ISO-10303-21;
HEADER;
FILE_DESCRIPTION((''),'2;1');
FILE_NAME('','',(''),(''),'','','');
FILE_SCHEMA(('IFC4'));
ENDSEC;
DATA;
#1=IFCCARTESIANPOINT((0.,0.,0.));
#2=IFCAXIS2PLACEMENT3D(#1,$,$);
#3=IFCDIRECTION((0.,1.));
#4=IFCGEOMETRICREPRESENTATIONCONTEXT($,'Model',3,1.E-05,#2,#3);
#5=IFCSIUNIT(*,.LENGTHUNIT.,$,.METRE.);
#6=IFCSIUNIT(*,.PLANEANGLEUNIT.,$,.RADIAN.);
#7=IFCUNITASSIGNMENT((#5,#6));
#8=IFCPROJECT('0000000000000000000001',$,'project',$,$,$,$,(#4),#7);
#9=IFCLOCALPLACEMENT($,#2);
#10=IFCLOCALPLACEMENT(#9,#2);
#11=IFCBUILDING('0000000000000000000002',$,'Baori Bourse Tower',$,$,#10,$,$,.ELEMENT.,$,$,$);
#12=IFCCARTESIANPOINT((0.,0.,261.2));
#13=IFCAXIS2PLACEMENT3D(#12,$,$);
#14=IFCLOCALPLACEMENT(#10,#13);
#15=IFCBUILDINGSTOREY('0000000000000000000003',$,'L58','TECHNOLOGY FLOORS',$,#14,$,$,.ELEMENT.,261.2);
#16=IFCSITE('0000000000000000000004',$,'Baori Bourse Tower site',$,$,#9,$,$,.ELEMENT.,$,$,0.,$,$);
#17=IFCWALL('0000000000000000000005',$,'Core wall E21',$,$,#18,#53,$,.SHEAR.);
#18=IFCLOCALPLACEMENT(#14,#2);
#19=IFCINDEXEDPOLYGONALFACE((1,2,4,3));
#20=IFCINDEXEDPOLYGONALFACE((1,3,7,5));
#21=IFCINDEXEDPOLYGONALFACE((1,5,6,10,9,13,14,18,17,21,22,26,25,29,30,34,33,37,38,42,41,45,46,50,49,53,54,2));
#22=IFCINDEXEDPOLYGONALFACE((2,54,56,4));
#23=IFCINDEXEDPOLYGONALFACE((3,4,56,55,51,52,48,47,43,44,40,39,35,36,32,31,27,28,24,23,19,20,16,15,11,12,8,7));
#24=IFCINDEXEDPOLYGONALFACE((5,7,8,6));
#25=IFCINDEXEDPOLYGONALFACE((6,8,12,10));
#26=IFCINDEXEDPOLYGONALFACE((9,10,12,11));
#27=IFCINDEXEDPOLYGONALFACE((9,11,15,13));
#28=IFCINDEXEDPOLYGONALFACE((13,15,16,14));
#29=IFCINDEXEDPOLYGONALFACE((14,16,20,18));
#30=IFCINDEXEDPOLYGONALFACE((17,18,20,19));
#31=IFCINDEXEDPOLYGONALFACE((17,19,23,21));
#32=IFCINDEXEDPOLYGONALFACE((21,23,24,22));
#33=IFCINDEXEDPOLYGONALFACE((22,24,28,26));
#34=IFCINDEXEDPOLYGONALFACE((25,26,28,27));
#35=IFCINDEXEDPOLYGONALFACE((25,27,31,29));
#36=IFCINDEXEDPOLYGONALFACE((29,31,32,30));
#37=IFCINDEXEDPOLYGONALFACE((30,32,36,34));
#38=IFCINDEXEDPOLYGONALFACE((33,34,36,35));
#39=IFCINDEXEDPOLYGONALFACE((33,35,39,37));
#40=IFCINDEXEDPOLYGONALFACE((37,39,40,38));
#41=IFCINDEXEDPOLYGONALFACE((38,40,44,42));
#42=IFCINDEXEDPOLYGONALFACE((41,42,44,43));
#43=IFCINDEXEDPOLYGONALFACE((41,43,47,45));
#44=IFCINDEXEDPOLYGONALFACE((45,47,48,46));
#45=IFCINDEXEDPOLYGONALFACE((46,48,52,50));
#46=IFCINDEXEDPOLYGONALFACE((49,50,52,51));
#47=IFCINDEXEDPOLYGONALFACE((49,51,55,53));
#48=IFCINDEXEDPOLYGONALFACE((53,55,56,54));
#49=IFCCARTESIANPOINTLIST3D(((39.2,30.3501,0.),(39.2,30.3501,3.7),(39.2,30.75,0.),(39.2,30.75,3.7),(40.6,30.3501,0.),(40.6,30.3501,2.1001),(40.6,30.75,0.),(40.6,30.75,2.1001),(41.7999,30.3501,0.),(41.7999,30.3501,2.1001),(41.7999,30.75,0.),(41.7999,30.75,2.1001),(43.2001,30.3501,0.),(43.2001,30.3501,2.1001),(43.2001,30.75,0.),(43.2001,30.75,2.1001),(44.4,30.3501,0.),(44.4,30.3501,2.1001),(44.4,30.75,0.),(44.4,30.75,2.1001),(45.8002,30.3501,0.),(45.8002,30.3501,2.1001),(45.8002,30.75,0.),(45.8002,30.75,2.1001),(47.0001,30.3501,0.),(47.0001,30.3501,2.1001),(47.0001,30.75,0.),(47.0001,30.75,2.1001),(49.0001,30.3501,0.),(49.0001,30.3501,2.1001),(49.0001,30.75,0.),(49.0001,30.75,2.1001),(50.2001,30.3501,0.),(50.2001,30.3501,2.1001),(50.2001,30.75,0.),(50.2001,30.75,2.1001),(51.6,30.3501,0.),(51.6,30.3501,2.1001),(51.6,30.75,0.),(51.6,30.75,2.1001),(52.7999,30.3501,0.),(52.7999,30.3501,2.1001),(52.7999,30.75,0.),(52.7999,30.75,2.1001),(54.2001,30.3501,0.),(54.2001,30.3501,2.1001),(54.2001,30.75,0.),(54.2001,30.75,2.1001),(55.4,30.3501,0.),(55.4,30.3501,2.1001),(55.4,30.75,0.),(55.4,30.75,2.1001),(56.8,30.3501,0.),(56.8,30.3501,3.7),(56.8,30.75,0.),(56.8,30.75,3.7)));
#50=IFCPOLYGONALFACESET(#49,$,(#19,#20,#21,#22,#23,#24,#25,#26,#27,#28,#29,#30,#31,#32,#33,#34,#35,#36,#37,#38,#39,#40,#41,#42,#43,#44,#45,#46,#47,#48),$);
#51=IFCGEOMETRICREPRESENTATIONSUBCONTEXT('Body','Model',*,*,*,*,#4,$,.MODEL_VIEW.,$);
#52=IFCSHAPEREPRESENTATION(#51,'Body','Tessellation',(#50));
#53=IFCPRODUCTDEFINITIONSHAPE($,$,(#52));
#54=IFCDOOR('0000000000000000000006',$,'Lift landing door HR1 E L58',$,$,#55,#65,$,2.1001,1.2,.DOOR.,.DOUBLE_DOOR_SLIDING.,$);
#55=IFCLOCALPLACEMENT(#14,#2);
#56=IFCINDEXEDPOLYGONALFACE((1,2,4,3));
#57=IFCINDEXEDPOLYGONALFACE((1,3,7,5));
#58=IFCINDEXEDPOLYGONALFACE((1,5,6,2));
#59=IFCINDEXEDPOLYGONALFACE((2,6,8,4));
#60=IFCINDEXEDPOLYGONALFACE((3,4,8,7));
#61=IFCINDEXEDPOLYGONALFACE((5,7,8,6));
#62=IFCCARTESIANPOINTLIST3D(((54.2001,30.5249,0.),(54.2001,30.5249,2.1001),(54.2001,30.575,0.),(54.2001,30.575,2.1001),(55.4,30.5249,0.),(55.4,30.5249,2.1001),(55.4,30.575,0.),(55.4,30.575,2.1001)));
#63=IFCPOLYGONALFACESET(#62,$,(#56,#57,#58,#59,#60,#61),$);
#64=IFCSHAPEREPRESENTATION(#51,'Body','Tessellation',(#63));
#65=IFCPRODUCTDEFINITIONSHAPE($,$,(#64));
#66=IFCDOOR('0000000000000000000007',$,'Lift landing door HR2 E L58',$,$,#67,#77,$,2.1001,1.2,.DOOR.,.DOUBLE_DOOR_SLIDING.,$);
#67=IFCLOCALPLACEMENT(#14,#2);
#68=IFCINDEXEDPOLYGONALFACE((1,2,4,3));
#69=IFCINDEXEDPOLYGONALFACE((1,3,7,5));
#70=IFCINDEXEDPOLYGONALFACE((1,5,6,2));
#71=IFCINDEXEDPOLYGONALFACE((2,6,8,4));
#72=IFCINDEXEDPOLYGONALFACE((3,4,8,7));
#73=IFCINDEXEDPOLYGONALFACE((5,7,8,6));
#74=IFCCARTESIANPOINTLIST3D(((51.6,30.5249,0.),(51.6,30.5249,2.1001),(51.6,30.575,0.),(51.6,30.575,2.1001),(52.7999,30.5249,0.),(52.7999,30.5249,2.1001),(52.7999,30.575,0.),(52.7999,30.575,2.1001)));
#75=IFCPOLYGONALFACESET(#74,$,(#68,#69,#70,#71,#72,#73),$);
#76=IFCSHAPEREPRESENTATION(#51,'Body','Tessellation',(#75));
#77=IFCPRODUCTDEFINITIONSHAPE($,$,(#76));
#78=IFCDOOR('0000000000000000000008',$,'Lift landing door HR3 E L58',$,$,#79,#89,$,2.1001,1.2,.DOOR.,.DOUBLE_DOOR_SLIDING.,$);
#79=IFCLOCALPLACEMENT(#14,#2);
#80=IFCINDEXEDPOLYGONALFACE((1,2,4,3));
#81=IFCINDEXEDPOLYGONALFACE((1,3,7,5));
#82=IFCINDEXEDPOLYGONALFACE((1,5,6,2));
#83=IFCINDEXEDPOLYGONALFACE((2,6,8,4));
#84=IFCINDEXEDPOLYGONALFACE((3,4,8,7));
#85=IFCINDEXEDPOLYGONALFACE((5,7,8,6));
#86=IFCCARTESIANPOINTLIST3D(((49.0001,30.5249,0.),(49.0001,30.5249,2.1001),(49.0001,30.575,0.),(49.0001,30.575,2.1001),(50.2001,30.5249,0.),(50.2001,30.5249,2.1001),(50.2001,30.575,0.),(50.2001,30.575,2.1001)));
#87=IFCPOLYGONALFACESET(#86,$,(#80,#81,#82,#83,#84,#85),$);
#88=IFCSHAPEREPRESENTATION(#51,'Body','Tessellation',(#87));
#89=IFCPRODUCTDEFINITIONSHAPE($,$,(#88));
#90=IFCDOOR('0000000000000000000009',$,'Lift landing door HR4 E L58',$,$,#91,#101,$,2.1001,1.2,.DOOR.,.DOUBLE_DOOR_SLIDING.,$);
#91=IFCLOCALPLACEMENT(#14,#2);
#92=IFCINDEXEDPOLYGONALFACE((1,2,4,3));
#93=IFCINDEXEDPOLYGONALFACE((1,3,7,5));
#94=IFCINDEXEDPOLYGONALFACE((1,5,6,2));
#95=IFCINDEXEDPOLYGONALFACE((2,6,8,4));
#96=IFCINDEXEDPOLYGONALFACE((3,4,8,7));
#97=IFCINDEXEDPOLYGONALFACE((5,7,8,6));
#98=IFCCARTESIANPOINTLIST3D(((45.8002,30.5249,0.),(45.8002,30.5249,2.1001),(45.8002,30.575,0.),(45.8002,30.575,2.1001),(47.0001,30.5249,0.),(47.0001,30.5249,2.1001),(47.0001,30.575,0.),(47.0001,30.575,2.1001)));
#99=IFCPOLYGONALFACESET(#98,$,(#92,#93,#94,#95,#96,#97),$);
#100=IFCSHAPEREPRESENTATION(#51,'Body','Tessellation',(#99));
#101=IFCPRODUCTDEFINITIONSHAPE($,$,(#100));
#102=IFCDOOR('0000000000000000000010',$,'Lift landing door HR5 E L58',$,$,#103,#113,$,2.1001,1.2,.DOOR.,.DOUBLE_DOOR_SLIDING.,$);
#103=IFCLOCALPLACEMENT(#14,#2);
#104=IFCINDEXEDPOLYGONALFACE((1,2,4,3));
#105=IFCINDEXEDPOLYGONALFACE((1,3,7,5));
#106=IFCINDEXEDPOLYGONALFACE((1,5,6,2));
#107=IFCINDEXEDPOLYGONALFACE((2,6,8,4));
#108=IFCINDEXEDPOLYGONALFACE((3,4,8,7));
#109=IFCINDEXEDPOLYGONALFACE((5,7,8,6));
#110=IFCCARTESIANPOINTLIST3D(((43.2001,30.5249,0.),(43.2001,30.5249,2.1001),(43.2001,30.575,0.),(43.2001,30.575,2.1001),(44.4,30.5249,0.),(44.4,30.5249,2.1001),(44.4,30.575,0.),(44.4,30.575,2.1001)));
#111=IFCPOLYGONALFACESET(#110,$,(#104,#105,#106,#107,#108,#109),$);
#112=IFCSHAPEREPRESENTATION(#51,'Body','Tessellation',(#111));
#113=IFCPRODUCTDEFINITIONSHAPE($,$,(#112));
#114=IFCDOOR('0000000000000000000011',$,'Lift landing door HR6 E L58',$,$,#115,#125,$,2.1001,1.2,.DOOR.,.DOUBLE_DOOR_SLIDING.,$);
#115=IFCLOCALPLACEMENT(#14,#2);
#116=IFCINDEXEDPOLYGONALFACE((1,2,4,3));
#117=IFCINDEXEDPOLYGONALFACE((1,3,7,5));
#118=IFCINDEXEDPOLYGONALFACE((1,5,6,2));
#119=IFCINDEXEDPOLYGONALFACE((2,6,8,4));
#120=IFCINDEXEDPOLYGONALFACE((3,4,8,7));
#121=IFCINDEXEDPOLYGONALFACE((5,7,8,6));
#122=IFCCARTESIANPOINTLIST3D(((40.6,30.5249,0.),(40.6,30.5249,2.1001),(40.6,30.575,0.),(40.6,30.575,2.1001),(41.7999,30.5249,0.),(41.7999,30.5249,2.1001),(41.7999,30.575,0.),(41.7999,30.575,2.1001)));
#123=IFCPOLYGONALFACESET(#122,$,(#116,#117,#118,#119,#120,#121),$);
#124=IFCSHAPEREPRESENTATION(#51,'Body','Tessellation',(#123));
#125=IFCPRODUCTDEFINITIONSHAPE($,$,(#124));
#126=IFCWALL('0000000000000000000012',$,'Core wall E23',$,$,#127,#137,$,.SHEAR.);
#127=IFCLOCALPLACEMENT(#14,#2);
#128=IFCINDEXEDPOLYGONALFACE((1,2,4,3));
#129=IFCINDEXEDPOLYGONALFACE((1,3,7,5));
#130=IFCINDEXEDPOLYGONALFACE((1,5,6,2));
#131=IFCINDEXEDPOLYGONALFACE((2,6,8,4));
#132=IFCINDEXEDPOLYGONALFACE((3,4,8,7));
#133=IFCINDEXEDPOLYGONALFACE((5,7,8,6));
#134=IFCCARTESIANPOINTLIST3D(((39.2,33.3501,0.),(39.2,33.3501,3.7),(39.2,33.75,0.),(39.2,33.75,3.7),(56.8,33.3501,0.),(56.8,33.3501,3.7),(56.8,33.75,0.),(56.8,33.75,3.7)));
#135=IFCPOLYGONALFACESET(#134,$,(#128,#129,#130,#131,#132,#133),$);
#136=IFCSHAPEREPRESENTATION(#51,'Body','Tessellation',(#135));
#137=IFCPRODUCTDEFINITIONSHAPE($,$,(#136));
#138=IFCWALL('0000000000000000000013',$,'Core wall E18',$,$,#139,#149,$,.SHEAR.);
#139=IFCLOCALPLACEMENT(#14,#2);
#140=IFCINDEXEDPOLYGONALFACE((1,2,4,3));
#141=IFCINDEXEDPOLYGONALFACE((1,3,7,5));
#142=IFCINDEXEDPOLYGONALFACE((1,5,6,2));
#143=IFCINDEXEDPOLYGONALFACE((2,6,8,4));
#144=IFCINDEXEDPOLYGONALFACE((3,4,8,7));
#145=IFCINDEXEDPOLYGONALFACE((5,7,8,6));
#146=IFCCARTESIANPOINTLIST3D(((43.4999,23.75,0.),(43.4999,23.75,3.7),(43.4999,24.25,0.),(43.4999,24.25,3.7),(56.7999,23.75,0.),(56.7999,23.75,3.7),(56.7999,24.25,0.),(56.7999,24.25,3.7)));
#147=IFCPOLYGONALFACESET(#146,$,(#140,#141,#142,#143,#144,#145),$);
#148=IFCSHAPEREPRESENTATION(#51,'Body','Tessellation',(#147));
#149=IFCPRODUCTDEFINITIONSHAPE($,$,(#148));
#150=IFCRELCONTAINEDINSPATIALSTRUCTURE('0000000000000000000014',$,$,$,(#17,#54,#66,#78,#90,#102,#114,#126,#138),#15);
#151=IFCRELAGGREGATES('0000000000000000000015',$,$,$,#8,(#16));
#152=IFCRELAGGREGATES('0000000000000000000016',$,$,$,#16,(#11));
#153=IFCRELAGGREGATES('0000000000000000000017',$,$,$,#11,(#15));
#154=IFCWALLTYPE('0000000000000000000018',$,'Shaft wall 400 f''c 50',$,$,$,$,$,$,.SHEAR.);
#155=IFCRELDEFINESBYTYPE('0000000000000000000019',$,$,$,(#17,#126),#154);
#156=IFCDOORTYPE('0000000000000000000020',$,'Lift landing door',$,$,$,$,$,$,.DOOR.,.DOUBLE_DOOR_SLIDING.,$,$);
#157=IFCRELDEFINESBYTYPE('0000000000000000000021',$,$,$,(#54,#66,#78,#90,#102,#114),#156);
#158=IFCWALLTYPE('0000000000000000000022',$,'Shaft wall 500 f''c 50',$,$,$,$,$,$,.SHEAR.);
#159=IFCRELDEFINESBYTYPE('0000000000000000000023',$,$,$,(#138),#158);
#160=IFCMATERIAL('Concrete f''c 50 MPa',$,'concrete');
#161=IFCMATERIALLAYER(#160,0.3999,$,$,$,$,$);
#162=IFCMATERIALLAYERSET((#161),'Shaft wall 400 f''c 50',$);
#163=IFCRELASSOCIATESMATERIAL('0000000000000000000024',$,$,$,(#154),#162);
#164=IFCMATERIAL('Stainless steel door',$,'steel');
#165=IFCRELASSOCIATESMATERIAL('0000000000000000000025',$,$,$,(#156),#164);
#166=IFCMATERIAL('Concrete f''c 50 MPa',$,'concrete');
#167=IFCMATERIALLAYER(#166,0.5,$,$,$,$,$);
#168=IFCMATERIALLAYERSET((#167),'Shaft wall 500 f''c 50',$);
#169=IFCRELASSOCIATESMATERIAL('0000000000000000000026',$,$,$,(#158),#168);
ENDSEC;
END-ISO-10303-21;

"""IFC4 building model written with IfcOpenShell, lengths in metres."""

from ifc_helpers import new_model, si_unit, direction, frame, frame_2d, origin, place, context, subcontext, project, spatial, rectangle, extrude, material, layer, layer_set, type_object, element, fill, save


model = new_model("IFC4")

# Units and contexts
model_context = context("Model", 3, precision=1e-05, world=origin(), true_north=direction((0.0, 1.0)))
body_context = subcontext(model_context, "Body", "Model", "MODEL_VIEW")
ifc_project = project(units=[si_unit("LENGTHUNIT", "METRE"), si_unit("PLANEANGLEUNIT", "RADIAN")], contexts=[model_context])

# Site, building, storey
site_placement = place(None, origin())
site = spatial("IfcSite", under=ifc_project, at=site_placement, Name="Baori Bourse Tower site", CompositionType="ELEMENT", RefElevation=0.0)
building_placement = place(site_placement, origin())
building = spatial("IfcBuilding", under=site, at=building_placement, Name="Baori Bourse Tower", CompositionType="ELEMENT")
storey_placement = place(building_placement, frame((0.0, 0.0, 261.2)))
storey = spatial("IfcBuildingStorey", under=building, at=storey_placement, Name="L58", Description="TECHNOLOGY FLOORS", CompositionType="ELEMENT", Elevation=261.2)

# Wall, openings, doors
ifc_material_1 = material(Name="Concrete f'c 50 MPa", Category="concrete")
ifc_layer_1 = layer(ifc_material_1, 0.3999)
ifc_layer_set_1 = layer_set([ifc_layer_1], Name="Shaft wall 400 f'c 50")
wall_type_1 = type_object("IfcWallType", Name="Shaft wall 400 f'c 50", PredefinedType="SHEAR", material=ifc_layer_set_1)
ifc_material_2 = material(Name="Stainless steel door", Category="steel")
door_type_1 = type_object("IfcDoorType", Name="Lift landing door", OperationType="DOUBLE_DOOR_SLIDING", PredefinedType="DOOR", material=ifc_material_2)
wall_1_placement = place(storey_placement, frame((39.2, 30.55, 0.0), z_axis=(0.0, 0.0, 1.0), x_axis=(1.0, 0.0, 0.0)))
wall_1 = element("IfcWall", 1, at=wall_1_placement, inside=storey, type_object=wall_type_1, Name="Core wall E21", PredefinedType="SHEAR", context=body_context, shape_type="SweptSolid", body=[
    extrude(rectangle(XDim=17.6001, YDim=0.3999, at=frame_2d((8.8, 0.0))), origin(), (0.0, 0.0, 1.0), 3.7),
])
opening_1_placement = place(wall_1_placement, frame((15.0, 0.0, 0.0)))
opening_1 = element("IfcOpeningElement", 2, at=opening_1_placement, cuts=wall_1, PredefinedType="OPENING", context=body_context, shape_type="SweptSolid", body=[
    extrude(rectangle(XDim=1.2, YDim=2.1001, at=frame_2d((0.6001, 1.05))), frame((0.0, 0.21, 0.0), z_axis=(0.0, -1.0, 0.0), x_axis=(1.0, 0.0, 0.0)), (0.0, 0.0, 1.0), 0.4199),
])
opening_2_placement = place(wall_1_placement, frame((12.3999, 0.0, 0.0)))
opening_2 = element("IfcOpeningElement", 3, at=opening_2_placement, cuts=wall_1, PredefinedType="OPENING", context=body_context, shape_type="SweptSolid", body=[
    extrude(rectangle(XDim=1.2, YDim=2.1001, at=frame_2d((0.6001, 1.05))), frame((0.0, 0.21, 0.0), z_axis=(0.0, -1.0, 0.0), x_axis=(1.0, 0.0, 0.0)), (0.0, 0.0, 1.0), 0.4199),
])
opening_3_placement = place(wall_1_placement, frame((9.8, 0.0, 0.0)))
opening_3 = element("IfcOpeningElement", 4, at=opening_3_placement, cuts=wall_1, PredefinedType="OPENING", context=body_context, shape_type="SweptSolid", body=[
    extrude(rectangle(XDim=1.2, YDim=2.1001, at=frame_2d((0.6001, 1.05))), frame((0.0, 0.21, 0.0), z_axis=(0.0, -1.0, 0.0), x_axis=(1.0, 0.0, 0.0)), (0.0, 0.0, 1.0), 0.4199),
])
opening_4_placement = place(wall_1_placement, frame((6.6001, 0.0, 0.0)))
opening_4 = element("IfcOpeningElement", 5, at=opening_4_placement, cuts=wall_1, PredefinedType="OPENING", context=body_context, shape_type="SweptSolid", body=[
    extrude(rectangle(XDim=1.2, YDim=2.1001, at=frame_2d((0.6001, 1.05))), frame((0.0, 0.21, 0.0), z_axis=(0.0, -1.0, 0.0), x_axis=(1.0, 0.0, 0.0)), (0.0, 0.0, 1.0), 0.4199),
])
opening_5_placement = place(wall_1_placement, frame((4.0, 0.0, 0.0)))
opening_5 = element("IfcOpeningElement", 6, at=opening_5_placement, cuts=wall_1, PredefinedType="OPENING", context=body_context, shape_type="SweptSolid", body=[
    extrude(rectangle(XDim=1.2, YDim=2.1001, at=frame_2d((0.6001, 1.05))), frame((0.0, 0.21, 0.0), z_axis=(0.0, -1.0, 0.0), x_axis=(1.0, 0.0, 0.0)), (0.0, 0.0, 1.0), 0.4199),
])
opening_6_placement = place(wall_1_placement, frame((1.3999, 0.0, 0.0)))
opening_6 = element("IfcOpeningElement", 7, at=opening_6_placement, cuts=wall_1, PredefinedType="OPENING", context=body_context, shape_type="SweptSolid", body=[
    extrude(rectangle(XDim=1.2, YDim=2.1001, at=frame_2d((0.6001, 1.05))), frame((0.0, 0.21, 0.0), z_axis=(0.0, -1.0, 0.0), x_axis=(1.0, 0.0, 0.0)), (0.0, 0.0, 1.0), 0.4199),
])
door_1_placement = place(opening_1_placement, origin())
door_1 = element("IfcDoor", 8, at=door_1_placement, inside=storey, type_object=door_type_1, Name="Lift landing door HR1 E L58", OperationType="DOUBLE_DOOR_SLIDING", OverallHeight=2.1001, OverallWidth=1.2, PredefinedType="DOOR", context=body_context, shape_type="SweptSolid", body=[
    extrude(rectangle(XDim=1.2, YDim=2.1001, at=frame_2d((0.6001, 1.05))), frame((0.0, 0.0249, 0.0), z_axis=(0.0, -1.0, 0.0), x_axis=(1.0, 0.0, 0.0)), (0.0, 0.0, 1.0), 0.05),
])
fill(opening_1, door_1)
door_2_placement = place(opening_2_placement, origin())
door_2 = element("IfcDoor", 9, at=door_2_placement, inside=storey, type_object=door_type_1, Name="Lift landing door HR2 E L58", OperationType="DOUBLE_DOOR_SLIDING", OverallHeight=2.1001, OverallWidth=1.2, PredefinedType="DOOR", context=body_context, shape_type="SweptSolid", body=[
    extrude(rectangle(XDim=1.2, YDim=2.1001, at=frame_2d((0.6001, 1.05))), frame((0.0, 0.0249, 0.0), z_axis=(0.0, -1.0, 0.0), x_axis=(1.0, 0.0, 0.0)), (0.0, 0.0, 1.0), 0.05),
])
fill(opening_2, door_2)
door_3_placement = place(opening_3_placement, origin())
door_3 = element("IfcDoor", 10, at=door_3_placement, inside=storey, type_object=door_type_1, Name="Lift landing door HR3 E L58", OperationType="DOUBLE_DOOR_SLIDING", OverallHeight=2.1001, OverallWidth=1.2, PredefinedType="DOOR", context=body_context, shape_type="SweptSolid", body=[
    extrude(rectangle(XDim=1.2, YDim=2.1001, at=frame_2d((0.6001, 1.05))), frame((0.0, 0.0249, 0.0), z_axis=(0.0, -1.0, 0.0), x_axis=(1.0, 0.0, 0.0)), (0.0, 0.0, 1.0), 0.05),
])
fill(opening_3, door_3)
door_4_placement = place(opening_4_placement, origin())
door_4 = element("IfcDoor", 11, at=door_4_placement, inside=storey, type_object=door_type_1, Name="Lift landing door HR4 E L58", OperationType="DOUBLE_DOOR_SLIDING", OverallHeight=2.1001, OverallWidth=1.2, PredefinedType="DOOR", context=body_context, shape_type="SweptSolid", body=[
    extrude(rectangle(XDim=1.2, YDim=2.1001, at=frame_2d((0.6001, 1.05))), frame((0.0, 0.0249, 0.0), z_axis=(0.0, -1.0, 0.0), x_axis=(1.0, 0.0, 0.0)), (0.0, 0.0, 1.0), 0.05),
])
fill(opening_4, door_4)
door_5_placement = place(opening_5_placement, origin())
door_5 = element("IfcDoor", 12, at=door_5_placement, inside=storey, type_object=door_type_1, Name="Lift landing door HR5 E L58", OperationType="DOUBLE_DOOR_SLIDING", OverallHeight=2.1001, OverallWidth=1.2, PredefinedType="DOOR", context=body_context, shape_type="SweptSolid", body=[
    extrude(rectangle(XDim=1.2, YDim=2.1001, at=frame_2d((0.6001, 1.05))), frame((0.0, 0.0249, 0.0), z_axis=(0.0, -1.0, 0.0), x_axis=(1.0, 0.0, 0.0)), (0.0, 0.0, 1.0), 0.05),
])
fill(opening_5, door_5)
door_6_placement = place(opening_6_placement, origin())
door_6 = element("IfcDoor", 13, at=door_6_placement, inside=storey, type_object=door_type_1, Name="Lift landing door HR6 E L58", OperationType="DOUBLE_DOOR_SLIDING", OverallHeight=2.1001, OverallWidth=1.2, PredefinedType="DOOR", context=body_context, shape_type="SweptSolid", body=[
    extrude(rectangle(XDim=1.2, YDim=2.1001, at=frame_2d((0.6001, 1.05))), frame((0.0, 0.0249, 0.0), z_axis=(0.0, -1.0, 0.0), x_axis=(1.0, 0.0, 0.0)), (0.0, 0.0, 1.0), 0.05),
])
fill(opening_6, door_6)

# Walls
wall_2_placement = place(storey_placement, frame((39.2, 33.55, 0.0), z_axis=(0.0, 0.0, 1.0), x_axis=(1.0, 0.0, 0.0)))
element("IfcWall", 14, at=wall_2_placement, inside=storey, type_object=wall_type_1, Name="Core wall E23", PredefinedType="SHEAR", context=body_context, shape_type="SweptSolid", body=[
    extrude(rectangle(XDim=17.6001, YDim=0.3999, at=frame_2d((8.8, 0.0))), origin(), (0.0, 0.0, 1.0), 3.7),
])
ifc_material_3 = material(Name="Concrete f'c 50 MPa", Category="concrete")
ifc_layer_2 = layer(ifc_material_3, 0.5)
ifc_layer_set_2 = layer_set([ifc_layer_2], Name="Shaft wall 500 f'c 50")
wall_type_2 = type_object("IfcWallType", Name="Shaft wall 500 f'c 50", PredefinedType="SHEAR", material=ifc_layer_set_2)
wall_3_placement = place(storey_placement, frame((43.5, 24.0, 0.0), z_axis=(0.0, 0.0, 1.0), x_axis=(1.0, 0.0, 0.0)))
element("IfcWall", 15, at=wall_3_placement, inside=storey, type_object=wall_type_2, Name="Core wall E18", PredefinedType="SHEAR", context=body_context, shape_type="SweptSolid", body=[
    extrude(rectangle(XDim=13.3, YDim=0.5, at=frame_2d((6.6499, 0.0))), origin(), (0.0, 0.0, 1.0), 3.7),
])

save(model, "model.ifc")
